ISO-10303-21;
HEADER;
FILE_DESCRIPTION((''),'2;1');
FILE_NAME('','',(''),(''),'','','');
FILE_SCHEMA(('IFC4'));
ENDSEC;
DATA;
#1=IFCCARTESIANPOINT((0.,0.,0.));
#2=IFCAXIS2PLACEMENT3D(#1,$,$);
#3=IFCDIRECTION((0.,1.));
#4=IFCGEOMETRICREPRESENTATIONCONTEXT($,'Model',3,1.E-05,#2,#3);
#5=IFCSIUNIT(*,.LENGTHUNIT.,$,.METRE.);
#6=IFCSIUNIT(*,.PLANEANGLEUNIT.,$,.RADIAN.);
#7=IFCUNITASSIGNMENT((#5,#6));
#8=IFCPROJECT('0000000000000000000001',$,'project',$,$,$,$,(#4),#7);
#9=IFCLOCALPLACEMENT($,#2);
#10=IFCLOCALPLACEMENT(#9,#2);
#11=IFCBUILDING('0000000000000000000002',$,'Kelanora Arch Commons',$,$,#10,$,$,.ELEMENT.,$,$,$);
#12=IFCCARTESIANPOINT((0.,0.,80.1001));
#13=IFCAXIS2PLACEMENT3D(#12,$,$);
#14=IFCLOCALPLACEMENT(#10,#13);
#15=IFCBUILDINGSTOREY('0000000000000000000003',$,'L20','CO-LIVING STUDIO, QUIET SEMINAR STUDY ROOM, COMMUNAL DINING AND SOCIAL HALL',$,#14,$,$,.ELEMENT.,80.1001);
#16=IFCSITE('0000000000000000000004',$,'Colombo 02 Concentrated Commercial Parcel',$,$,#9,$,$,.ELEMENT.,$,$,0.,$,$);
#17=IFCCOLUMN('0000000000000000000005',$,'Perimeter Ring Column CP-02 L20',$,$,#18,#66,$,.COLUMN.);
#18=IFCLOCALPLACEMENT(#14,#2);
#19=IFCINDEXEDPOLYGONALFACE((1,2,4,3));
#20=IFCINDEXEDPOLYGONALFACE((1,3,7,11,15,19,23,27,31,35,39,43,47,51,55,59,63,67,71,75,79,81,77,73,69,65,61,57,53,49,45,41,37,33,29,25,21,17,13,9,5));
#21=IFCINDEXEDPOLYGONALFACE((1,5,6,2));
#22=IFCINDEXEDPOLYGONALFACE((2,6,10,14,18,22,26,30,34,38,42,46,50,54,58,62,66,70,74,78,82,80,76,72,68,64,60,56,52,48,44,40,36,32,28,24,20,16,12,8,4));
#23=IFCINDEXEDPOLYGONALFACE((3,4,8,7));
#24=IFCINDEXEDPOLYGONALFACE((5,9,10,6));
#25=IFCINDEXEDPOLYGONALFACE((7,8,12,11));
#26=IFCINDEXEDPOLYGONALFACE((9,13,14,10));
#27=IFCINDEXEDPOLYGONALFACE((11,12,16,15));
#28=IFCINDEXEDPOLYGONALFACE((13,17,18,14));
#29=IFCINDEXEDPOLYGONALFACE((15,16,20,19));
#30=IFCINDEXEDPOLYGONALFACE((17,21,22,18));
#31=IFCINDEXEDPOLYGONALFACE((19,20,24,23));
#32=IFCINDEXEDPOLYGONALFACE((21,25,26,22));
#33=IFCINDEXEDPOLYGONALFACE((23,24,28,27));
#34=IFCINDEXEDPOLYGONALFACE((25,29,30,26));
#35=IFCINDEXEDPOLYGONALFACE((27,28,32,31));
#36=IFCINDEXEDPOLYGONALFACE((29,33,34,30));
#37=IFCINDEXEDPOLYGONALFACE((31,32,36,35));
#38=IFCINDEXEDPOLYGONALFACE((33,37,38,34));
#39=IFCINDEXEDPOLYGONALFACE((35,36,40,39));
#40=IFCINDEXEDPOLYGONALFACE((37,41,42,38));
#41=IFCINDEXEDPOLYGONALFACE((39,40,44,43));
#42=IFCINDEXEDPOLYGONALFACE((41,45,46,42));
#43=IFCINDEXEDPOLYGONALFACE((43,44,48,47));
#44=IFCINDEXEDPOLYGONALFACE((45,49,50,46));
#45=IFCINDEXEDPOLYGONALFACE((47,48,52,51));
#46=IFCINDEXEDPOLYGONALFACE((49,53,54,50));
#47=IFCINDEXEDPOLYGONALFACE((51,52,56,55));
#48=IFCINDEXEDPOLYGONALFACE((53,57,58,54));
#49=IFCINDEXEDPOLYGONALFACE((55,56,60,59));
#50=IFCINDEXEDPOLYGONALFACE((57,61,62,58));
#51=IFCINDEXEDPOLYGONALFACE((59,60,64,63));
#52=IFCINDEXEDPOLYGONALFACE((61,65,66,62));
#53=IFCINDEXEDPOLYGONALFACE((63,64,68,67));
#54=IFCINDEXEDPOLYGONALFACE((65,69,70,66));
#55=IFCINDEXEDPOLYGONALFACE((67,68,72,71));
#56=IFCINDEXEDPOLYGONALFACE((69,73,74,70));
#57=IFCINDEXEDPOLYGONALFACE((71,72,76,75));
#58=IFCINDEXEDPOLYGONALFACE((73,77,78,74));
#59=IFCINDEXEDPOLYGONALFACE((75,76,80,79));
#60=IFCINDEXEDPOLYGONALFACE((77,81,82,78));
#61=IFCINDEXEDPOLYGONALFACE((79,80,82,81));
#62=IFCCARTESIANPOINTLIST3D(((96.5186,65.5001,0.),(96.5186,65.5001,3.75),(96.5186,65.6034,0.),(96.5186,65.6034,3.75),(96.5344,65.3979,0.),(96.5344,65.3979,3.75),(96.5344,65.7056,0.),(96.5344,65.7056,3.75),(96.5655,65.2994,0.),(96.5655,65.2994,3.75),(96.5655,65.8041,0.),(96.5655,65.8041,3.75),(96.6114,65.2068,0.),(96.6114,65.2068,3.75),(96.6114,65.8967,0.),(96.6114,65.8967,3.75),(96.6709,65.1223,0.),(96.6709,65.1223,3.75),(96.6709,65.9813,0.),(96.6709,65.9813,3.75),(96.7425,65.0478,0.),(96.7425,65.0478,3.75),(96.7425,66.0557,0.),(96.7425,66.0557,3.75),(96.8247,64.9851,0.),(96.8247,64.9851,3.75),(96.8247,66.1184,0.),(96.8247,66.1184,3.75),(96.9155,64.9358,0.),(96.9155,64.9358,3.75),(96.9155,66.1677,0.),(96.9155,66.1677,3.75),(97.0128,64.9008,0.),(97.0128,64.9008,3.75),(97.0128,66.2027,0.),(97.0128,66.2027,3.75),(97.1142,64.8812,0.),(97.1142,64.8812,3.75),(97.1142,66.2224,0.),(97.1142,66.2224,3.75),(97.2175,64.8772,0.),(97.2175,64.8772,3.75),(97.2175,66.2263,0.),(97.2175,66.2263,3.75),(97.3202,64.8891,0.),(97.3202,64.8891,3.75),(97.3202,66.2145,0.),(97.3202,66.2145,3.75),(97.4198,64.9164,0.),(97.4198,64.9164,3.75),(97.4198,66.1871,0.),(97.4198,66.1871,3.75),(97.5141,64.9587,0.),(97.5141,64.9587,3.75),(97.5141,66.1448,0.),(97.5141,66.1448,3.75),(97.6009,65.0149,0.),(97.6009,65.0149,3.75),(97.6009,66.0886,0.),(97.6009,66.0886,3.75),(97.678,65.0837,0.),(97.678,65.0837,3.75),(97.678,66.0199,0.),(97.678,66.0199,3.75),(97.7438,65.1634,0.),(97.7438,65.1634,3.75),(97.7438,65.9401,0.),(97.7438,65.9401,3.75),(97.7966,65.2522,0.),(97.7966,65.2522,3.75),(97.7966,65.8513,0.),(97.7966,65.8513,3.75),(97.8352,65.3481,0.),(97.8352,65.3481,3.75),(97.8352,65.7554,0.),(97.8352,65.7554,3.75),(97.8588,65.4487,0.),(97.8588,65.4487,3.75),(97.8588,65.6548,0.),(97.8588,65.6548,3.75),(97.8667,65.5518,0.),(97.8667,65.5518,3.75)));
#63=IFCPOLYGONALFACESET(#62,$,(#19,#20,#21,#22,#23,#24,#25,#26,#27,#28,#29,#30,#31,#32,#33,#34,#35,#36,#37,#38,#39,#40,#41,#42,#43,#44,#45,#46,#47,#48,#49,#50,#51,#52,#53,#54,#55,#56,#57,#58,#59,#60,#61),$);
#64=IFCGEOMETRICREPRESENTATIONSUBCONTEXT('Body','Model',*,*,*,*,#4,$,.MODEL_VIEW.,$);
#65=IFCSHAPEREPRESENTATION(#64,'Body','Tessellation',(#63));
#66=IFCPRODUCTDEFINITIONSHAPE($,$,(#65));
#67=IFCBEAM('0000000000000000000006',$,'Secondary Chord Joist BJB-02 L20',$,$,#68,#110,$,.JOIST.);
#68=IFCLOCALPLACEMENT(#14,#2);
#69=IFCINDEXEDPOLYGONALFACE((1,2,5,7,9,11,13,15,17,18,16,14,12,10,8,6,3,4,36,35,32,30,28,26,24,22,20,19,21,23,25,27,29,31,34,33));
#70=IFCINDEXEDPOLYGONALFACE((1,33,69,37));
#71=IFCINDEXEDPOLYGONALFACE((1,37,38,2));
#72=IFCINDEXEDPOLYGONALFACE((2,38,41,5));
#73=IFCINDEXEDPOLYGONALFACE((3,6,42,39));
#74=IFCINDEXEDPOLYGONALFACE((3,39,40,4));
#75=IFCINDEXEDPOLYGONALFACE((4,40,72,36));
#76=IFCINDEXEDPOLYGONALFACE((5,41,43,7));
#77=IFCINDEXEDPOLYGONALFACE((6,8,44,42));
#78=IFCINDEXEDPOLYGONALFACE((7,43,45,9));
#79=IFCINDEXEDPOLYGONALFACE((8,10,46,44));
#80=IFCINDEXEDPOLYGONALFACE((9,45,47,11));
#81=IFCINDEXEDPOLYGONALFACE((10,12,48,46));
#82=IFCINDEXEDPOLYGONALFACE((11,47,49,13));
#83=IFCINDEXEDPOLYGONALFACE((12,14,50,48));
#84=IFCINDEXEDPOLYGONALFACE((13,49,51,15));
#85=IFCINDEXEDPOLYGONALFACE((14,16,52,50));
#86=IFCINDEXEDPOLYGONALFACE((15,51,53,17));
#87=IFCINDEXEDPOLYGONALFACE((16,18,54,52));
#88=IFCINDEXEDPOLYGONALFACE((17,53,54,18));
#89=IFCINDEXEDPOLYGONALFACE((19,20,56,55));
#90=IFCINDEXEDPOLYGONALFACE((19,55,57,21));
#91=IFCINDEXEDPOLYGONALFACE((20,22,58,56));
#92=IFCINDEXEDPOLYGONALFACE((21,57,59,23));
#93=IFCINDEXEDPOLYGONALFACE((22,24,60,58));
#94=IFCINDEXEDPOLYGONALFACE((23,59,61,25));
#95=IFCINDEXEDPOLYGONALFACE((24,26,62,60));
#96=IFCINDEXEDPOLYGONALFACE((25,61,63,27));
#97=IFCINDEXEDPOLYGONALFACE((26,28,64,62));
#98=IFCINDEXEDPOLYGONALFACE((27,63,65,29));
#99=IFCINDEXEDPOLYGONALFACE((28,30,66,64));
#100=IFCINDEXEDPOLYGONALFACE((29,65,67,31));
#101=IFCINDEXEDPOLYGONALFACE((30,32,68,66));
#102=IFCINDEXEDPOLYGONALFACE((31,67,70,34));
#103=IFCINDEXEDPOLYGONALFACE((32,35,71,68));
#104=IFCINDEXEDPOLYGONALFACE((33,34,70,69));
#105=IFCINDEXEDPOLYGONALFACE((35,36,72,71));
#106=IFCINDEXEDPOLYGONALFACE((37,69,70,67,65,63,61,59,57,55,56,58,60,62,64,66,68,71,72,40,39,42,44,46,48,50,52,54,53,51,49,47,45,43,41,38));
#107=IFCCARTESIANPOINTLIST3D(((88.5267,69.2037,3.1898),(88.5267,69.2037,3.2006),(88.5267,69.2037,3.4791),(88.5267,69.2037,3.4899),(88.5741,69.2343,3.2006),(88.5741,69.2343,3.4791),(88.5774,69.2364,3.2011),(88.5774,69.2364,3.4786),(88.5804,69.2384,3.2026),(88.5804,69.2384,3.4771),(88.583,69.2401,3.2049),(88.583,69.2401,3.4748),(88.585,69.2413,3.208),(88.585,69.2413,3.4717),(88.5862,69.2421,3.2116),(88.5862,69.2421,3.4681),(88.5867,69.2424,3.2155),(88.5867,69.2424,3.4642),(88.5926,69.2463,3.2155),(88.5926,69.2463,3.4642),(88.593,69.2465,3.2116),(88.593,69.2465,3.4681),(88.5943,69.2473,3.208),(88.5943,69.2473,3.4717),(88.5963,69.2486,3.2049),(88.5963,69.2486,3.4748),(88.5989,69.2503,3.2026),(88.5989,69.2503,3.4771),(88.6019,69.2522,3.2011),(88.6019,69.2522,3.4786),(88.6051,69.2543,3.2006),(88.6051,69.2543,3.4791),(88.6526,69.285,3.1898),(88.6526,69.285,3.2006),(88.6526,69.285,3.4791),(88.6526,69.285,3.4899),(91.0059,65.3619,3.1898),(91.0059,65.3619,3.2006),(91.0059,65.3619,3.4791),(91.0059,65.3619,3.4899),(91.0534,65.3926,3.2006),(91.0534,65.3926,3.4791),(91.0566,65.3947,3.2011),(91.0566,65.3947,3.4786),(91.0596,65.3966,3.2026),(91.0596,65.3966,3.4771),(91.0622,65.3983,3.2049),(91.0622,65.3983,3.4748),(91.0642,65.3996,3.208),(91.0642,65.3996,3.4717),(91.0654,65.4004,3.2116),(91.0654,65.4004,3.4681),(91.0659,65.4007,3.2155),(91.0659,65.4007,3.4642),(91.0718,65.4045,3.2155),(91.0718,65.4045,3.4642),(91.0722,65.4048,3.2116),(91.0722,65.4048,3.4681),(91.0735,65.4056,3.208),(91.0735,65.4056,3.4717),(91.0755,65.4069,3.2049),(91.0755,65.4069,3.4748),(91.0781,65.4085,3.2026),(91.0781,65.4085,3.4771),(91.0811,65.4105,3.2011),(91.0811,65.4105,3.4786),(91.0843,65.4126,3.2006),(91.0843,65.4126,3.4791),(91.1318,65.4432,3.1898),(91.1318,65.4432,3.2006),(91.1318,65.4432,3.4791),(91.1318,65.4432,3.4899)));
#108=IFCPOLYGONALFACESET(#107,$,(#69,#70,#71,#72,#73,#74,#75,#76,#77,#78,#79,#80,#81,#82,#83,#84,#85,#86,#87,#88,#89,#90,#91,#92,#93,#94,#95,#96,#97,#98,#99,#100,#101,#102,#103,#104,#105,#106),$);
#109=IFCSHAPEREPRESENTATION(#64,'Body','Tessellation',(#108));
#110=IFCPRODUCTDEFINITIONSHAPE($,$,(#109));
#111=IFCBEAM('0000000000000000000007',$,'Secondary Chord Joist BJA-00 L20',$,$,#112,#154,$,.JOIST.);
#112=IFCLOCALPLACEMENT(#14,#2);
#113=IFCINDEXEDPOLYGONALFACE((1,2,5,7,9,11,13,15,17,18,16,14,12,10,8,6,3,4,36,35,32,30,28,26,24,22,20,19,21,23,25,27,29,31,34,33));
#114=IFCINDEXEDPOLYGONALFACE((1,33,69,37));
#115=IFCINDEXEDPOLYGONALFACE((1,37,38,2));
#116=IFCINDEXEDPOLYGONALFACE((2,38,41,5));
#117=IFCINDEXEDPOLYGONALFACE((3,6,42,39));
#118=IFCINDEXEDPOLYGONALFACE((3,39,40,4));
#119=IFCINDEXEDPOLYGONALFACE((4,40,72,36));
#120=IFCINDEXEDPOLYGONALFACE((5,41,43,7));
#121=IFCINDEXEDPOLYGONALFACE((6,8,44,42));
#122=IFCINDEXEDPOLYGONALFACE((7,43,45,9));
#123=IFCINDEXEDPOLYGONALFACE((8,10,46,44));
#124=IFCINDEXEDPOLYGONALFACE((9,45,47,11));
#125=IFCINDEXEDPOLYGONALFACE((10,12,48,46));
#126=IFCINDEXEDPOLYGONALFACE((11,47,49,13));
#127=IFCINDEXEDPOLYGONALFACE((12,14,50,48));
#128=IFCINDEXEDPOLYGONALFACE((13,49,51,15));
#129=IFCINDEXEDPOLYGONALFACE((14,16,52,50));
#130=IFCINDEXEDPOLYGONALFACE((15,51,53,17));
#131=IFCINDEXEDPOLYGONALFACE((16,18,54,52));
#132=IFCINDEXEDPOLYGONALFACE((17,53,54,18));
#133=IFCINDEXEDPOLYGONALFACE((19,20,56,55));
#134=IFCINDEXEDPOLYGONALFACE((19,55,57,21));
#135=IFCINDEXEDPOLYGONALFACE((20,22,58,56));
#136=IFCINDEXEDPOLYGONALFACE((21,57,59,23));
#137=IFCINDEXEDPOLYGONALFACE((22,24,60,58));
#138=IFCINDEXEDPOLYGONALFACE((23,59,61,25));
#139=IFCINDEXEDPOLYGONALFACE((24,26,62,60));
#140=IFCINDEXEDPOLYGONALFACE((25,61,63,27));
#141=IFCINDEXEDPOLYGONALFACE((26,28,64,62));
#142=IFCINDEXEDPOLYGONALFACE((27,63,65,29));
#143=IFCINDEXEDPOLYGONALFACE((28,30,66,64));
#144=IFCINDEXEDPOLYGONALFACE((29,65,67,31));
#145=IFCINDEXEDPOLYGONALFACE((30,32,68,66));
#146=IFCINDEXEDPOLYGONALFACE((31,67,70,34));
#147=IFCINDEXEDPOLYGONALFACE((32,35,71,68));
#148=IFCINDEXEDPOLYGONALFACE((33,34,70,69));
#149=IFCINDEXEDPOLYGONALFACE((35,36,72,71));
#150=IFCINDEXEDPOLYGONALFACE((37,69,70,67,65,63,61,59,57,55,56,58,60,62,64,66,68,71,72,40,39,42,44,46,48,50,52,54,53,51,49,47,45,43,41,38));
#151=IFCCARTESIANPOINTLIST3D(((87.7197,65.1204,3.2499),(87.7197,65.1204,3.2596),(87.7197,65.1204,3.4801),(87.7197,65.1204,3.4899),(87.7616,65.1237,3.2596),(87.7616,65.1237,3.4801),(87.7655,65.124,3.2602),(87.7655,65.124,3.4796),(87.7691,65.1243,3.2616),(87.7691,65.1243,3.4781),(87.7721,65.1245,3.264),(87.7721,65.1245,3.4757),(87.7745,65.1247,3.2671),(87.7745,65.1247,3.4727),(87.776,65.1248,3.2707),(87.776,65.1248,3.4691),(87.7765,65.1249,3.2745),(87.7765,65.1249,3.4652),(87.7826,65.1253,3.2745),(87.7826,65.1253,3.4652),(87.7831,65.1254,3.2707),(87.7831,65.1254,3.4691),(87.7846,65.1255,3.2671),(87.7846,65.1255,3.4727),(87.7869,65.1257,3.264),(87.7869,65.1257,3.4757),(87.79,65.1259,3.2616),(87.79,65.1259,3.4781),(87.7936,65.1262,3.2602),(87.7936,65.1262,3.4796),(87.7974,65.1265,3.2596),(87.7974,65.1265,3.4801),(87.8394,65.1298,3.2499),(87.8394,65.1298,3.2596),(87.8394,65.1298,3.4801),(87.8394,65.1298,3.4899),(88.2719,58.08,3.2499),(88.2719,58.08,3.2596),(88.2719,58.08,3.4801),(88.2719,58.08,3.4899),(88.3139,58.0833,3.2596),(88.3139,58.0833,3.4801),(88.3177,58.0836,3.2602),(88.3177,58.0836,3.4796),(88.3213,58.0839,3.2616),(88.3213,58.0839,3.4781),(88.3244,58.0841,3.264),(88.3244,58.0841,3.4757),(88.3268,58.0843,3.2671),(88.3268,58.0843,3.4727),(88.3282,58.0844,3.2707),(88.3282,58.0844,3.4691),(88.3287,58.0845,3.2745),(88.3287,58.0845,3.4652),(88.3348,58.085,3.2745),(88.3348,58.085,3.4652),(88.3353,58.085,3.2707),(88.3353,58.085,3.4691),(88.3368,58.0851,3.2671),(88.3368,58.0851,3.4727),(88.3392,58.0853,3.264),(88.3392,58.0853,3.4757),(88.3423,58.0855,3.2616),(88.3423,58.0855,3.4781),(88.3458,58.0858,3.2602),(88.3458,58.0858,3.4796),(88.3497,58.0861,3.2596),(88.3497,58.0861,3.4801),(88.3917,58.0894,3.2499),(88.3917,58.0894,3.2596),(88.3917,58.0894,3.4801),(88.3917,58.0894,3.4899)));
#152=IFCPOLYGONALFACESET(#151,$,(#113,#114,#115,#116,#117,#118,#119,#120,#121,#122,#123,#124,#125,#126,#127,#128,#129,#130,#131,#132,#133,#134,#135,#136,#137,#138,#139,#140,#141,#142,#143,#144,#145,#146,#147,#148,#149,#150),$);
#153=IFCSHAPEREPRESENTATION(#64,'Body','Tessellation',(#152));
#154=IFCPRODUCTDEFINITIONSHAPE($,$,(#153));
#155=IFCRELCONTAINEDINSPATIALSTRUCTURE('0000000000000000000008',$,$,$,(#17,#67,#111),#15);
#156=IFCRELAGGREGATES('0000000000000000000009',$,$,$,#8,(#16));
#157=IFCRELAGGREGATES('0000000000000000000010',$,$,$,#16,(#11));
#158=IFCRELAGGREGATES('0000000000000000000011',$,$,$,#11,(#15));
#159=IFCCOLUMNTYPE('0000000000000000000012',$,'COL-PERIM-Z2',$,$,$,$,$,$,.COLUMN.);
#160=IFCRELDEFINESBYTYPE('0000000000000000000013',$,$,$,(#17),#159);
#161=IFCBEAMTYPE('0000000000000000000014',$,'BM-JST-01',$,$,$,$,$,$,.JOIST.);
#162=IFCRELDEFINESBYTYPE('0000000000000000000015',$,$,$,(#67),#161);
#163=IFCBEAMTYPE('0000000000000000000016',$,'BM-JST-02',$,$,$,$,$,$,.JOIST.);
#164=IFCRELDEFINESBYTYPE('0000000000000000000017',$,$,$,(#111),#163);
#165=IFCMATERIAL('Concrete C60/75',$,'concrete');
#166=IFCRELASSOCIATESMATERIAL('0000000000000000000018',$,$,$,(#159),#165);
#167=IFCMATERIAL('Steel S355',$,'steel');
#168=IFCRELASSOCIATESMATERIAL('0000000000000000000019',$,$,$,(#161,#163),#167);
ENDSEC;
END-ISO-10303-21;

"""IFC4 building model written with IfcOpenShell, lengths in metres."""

from ifc_helpers import new_model, si_unit, direction, frame, origin, origin_2d, place, context, subcontext, project, spatial, circle, i_section, extrude, material, material_profile, profile_set, type_object, element, save


model = new_model("IFC4")

# Units and contexts
model_context = context("Model", 3, precision=1e-05, world=origin(), true_north=direction((0.0, 1.0)))
body_context = subcontext(model_context, "Body", "Model", "MODEL_VIEW")
ifc_project = project(units=[si_unit("LENGTHUNIT", "METRE"), si_unit("PLANEANGLEUNIT", "RADIAN")], contexts=[model_context])

# Site, building, storey
site_placement = place(None, origin())
site = spatial("IfcSite", under=ifc_project, at=site_placement, Name="Colombo 02 Concentrated Commercial Parcel", CompositionType="ELEMENT", RefElevation=0.0)
building_placement = place(site_placement, origin())
building = spatial("IfcBuilding", under=site, at=building_placement, Name="Kelanora Arch Commons", CompositionType="ELEMENT")
storey_placement = place(building_placement, frame((0.0, 0.0, 80.1001)))
storey = spatial("IfcBuildingStorey", under=building, at=storey_placement, Name="L20", Description="CO-LIVING STUDIO, QUIET SEMINAR STUDY ROOM, COMMUNAL DINING AND SOCIAL HALL", CompositionType="ELEMENT", Elevation=80.1001)

# Column
ifc_material_1 = material(Name="Concrete C60/75", Category="concrete")
ifc_material_profile_1 = material_profile(ifc_material_1, circle(Radius=0.675, at=origin_2d()), Name="RCC1350")
ifc_profile_set_1 = profile_set([ifc_material_profile_1], Name="Concrete C60/75")
column_type = type_object("IfcColumnType", Name="COL-PERIM-Z2", PredefinedType="COLUMN", material=ifc_profile_set_1)
column_placement = place(storey_placement, frame((97.1917, 65.5518, 0.0), z_axis=(0.0, 0.0, 1.0), x_axis=(1.0, 0.0, 0.0)))
element("IfcColumn", 1, at=column_placement, inside=storey, type_object=column_type, Name="Perimeter Ring Column CP-02 L20", PredefinedType="COLUMN", context=body_context, shape_type="SweptSolid", body=[
    extrude(circle(Radius=0.675, at=origin_2d()), origin(), (0.0, 0.0, 1.0), 3.75),
])

# Beams
ifc_material_2 = material(Name="Steel S355", Category="steel")
ifc_material_profile_2 = material_profile(ifc_material_2, i_section(OverallWidth=0.1499, OverallDepth=0.3, WebThickness=0.0071, FlangeThickness=0.0107, FilletRadius=0.0149, at=origin_2d()), Name="IPE300")
ifc_profile_set_2 = profile_set([ifc_material_profile_2], Name="Steel S355")
beam_type_1 = type_object("IfcBeamType", Name="BM-JST-01", PredefinedType="JOIST", material=ifc_profile_set_2)
beam_1_placement = place(storey_placement, frame((91.0688, 65.4026, 3.3398), z_axis=(-0.54223, 0.84023, 0.0), x_axis=(-0.84023, -0.54223, 0.0)))
element("IfcBeam", 2, at=beam_1_placement, inside=storey, type_object=beam_type_1, Name="Secondary Chord Joist BJB-02 L20", PredefinedType="JOIST", context=body_context, shape_type="SweptSolid", body=[
    extrude(i_section(OverallWidth=0.1499, OverallDepth=0.3, WebThickness=0.0071, FlangeThickness=0.0107, FilletRadius=0.0149, at=origin_2d()), origin(), (0.0, 0.0, 1.0), 4.5723),
])
ifc_material_profile_3 = material_profile(ifc_material_2, i_section(OverallWidth=0.1201, OverallDepth=0.24, WebThickness=0.0061, FlangeThickness=0.0098, FilletRadius=0.0149, at=origin_2d()), Name="IPE240")
ifc_profile_set_3 = profile_set([ifc_material_profile_3], Name="Steel S355")
beam_type_2 = type_object("IfcBeamType", Name="BM-JST-02", PredefinedType="JOIST", material=ifc_profile_set_3)
beam_2_placement = place(storey_placement, frame((88.3318, 58.0847, 3.3699), z_axis=(-0.078201, 0.996938, 0.0), x_axis=(-0.996938, -0.078201, 0.0)))
element("IfcBeam", 3, at=beam_2_placement, inside=storey, type_object=beam_type_2, Name="Secondary Chord Joist BJA-00 L20", PredefinedType="JOIST", context=body_context, shape_type="SweptSolid", body=[
    extrude(i_section(OverallWidth=0.1201, OverallDepth=0.24, WebThickness=0.0061, FlangeThickness=0.0098, FilletRadius=0.0149, at=origin_2d()), origin(), (0.0, 0.0, 1.0), 7.062),
])

save(model, "model.ifc")
